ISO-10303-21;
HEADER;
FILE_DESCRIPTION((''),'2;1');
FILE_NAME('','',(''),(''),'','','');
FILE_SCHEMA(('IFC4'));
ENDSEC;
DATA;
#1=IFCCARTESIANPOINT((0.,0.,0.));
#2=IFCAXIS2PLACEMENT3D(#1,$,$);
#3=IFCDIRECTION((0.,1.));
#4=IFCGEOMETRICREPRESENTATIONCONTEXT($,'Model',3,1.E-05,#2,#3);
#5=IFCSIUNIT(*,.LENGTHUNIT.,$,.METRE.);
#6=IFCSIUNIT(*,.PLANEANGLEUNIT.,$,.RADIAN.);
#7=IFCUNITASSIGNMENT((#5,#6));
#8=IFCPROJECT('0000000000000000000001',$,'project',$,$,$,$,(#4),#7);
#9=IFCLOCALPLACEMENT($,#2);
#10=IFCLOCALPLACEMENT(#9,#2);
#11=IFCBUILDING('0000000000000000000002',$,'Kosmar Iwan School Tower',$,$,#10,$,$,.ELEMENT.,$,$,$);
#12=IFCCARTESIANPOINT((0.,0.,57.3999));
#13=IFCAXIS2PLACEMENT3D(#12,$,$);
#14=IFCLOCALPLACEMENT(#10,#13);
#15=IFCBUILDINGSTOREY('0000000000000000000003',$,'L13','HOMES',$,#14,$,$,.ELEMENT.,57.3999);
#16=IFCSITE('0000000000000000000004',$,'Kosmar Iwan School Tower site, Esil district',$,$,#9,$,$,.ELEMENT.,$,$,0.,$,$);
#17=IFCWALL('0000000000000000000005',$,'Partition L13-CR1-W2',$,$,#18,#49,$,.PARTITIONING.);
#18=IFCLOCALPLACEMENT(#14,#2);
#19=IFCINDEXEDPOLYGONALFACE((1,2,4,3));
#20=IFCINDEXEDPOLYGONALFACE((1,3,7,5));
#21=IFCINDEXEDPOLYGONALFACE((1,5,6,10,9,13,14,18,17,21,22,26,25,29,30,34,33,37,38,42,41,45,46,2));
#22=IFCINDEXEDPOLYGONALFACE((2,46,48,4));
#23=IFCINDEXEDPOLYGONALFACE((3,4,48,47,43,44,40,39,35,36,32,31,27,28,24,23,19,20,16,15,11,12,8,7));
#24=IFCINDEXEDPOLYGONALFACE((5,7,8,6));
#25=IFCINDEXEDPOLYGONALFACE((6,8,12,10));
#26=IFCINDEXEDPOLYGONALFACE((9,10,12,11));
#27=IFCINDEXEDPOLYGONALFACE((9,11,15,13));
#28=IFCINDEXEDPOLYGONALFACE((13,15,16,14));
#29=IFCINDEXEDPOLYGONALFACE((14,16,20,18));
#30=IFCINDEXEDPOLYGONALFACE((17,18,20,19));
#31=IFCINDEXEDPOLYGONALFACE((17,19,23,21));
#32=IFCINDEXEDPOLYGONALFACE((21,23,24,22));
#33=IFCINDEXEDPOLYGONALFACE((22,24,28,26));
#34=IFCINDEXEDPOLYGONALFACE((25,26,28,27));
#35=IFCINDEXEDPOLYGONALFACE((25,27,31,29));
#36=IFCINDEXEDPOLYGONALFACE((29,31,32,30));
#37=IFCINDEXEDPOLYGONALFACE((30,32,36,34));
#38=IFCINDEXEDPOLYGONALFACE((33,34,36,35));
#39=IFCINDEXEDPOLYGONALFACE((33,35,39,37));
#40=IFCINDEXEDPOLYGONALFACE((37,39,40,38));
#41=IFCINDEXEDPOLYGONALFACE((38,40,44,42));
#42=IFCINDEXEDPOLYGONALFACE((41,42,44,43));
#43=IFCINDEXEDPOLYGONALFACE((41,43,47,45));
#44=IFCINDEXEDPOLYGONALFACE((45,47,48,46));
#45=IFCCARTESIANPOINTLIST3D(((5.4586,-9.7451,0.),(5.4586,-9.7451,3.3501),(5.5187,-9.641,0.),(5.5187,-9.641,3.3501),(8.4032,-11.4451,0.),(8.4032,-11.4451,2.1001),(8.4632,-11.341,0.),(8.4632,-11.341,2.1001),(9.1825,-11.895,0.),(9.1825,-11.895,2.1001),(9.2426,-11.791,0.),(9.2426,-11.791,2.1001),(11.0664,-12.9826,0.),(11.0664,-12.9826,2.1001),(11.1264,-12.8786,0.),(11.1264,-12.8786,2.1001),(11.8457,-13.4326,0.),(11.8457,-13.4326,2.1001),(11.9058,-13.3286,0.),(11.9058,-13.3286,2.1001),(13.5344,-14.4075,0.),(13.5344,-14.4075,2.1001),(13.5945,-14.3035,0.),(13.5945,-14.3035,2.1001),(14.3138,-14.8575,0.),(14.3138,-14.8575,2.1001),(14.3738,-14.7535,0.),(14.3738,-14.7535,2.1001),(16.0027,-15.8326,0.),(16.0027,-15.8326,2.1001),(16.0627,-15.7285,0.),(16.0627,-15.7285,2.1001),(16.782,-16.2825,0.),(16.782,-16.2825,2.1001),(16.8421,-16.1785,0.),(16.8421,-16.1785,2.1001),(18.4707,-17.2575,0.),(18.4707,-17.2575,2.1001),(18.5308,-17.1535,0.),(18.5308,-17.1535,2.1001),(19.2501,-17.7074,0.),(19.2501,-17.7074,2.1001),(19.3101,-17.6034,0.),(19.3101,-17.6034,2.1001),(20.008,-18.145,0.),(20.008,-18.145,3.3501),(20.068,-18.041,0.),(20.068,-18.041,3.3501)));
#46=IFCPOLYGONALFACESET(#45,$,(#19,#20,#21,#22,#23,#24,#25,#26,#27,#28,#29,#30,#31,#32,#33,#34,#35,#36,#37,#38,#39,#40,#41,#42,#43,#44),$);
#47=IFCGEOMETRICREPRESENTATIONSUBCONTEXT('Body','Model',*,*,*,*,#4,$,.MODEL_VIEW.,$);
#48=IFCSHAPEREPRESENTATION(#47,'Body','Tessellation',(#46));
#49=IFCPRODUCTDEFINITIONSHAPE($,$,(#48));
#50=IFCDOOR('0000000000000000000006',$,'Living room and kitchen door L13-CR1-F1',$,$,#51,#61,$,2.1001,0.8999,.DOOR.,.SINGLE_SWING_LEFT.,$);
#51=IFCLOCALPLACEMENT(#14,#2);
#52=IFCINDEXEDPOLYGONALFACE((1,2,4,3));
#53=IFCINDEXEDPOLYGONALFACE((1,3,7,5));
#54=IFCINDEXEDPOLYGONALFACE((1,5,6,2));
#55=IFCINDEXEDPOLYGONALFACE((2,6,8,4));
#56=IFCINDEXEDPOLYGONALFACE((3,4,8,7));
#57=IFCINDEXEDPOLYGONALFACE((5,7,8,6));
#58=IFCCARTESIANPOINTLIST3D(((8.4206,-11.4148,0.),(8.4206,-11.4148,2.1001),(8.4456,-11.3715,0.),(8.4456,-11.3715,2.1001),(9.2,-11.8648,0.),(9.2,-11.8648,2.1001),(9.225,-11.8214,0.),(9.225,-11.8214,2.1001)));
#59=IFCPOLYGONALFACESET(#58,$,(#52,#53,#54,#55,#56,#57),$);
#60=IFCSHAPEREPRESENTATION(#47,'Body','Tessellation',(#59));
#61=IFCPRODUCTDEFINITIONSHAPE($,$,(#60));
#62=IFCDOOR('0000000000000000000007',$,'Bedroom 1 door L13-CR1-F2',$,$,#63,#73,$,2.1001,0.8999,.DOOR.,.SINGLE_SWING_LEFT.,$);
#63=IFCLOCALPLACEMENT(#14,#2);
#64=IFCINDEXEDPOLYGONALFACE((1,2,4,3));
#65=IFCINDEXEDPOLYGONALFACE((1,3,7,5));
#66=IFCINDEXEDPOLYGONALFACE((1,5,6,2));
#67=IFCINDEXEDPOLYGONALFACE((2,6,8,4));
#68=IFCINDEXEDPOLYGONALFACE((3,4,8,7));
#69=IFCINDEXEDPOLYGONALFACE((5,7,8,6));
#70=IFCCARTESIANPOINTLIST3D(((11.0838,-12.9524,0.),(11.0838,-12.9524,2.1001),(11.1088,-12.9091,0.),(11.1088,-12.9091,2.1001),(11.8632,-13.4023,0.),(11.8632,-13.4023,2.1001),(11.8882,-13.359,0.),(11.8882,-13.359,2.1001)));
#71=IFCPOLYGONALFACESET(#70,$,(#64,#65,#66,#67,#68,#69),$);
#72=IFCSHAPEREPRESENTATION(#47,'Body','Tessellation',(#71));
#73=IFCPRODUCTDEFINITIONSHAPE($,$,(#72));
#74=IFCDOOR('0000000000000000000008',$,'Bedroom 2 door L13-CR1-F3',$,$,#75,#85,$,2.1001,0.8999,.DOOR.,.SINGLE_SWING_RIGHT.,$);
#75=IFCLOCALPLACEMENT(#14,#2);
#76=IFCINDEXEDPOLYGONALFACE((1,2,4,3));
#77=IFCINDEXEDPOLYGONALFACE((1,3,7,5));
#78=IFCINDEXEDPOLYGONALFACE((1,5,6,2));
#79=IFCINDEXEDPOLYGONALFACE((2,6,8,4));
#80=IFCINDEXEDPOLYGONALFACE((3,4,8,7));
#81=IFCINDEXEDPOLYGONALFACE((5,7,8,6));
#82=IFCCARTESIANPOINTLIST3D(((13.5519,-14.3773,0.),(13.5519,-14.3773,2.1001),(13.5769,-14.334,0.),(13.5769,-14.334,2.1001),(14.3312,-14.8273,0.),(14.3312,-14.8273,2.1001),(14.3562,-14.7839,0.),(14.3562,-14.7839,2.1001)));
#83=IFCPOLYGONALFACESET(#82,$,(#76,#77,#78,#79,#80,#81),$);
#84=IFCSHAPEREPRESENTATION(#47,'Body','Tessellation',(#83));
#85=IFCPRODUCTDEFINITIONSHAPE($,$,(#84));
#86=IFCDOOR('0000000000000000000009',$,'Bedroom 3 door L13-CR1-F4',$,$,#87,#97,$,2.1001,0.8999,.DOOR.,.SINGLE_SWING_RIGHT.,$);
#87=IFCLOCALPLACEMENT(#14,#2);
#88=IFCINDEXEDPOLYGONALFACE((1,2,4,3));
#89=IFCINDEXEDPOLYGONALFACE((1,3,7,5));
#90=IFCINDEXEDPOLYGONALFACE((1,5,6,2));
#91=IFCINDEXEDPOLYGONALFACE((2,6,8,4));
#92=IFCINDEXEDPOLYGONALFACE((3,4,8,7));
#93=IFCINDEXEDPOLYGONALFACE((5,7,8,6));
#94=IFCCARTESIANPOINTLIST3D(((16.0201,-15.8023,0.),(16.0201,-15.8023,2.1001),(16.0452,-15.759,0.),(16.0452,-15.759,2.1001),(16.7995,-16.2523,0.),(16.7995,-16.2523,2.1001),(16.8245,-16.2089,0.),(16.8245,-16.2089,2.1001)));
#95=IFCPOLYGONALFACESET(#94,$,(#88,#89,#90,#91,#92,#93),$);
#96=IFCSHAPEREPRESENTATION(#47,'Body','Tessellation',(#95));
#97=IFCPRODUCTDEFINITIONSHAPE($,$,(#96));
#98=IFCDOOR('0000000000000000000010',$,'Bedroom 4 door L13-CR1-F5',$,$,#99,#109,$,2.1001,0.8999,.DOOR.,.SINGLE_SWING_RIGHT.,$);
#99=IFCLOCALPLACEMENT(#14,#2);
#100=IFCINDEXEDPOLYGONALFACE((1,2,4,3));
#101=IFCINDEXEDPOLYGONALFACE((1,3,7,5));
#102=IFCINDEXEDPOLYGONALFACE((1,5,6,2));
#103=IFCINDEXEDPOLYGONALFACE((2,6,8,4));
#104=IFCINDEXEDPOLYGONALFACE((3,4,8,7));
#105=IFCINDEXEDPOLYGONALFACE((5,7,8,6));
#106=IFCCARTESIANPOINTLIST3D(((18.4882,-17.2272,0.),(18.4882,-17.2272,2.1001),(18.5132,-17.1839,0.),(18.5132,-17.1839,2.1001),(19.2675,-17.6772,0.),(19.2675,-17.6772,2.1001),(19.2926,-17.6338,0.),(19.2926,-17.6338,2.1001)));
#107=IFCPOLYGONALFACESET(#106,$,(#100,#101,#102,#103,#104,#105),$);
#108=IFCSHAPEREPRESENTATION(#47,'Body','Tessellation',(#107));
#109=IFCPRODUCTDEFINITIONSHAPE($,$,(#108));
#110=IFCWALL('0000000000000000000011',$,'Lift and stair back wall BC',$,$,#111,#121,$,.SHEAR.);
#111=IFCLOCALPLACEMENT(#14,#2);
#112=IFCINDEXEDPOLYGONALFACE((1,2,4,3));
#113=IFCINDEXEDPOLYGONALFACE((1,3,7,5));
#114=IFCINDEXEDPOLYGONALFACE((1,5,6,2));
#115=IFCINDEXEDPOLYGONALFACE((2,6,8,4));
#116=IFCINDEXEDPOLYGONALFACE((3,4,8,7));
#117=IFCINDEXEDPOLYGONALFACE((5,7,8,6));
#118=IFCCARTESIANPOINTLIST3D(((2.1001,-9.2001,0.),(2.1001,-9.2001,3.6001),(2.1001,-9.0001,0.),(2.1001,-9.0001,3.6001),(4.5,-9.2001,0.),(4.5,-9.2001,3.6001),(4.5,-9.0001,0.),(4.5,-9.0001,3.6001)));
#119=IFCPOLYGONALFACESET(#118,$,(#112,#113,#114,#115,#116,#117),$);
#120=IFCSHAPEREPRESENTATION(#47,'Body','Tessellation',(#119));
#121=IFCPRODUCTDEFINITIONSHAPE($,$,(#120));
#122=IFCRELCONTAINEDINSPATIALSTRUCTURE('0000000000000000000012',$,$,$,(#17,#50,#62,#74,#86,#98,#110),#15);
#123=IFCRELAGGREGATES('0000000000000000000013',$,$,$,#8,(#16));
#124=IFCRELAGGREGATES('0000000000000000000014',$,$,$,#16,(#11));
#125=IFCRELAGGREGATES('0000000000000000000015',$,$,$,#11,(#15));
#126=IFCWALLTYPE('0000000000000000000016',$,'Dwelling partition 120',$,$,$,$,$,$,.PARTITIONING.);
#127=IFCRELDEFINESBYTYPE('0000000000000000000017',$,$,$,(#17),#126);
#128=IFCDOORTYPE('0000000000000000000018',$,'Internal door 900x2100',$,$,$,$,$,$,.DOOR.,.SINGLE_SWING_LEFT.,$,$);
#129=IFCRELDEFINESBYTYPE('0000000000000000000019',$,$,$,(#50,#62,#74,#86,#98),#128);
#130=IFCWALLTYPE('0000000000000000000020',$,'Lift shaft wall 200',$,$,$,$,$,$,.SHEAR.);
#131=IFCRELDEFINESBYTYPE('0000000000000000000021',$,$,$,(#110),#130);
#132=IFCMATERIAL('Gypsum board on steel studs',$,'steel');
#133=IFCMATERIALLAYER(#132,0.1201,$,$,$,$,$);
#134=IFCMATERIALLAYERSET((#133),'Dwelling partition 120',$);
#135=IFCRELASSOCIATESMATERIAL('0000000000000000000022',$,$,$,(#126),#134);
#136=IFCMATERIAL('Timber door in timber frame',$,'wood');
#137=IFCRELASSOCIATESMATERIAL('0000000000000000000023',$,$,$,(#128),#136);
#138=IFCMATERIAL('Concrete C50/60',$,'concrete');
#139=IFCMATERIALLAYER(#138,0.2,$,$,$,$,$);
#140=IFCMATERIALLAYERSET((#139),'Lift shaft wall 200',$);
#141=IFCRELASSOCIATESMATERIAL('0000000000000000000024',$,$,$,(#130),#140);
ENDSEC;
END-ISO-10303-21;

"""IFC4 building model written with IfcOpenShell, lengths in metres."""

from ifc_helpers import new_model, si_unit, direction, frame, frame_2d, origin, place, context, subcontext, project, spatial, rectangle, extrude, material, layer, layer_set, type_object, element, fill, save


model = new_model("IFC4")

# Units and contexts
model_context = context("Model", 3, precision=1e-05, world=origin(), true_north=direction((0.0, 1.0)))
body_context = subcontext(model_context, "Body", "Model", "MODEL_VIEW")
ifc_project = project(units=[si_unit("LENGTHUNIT", "METRE"), si_unit("PLANEANGLEUNIT", "RADIAN")], contexts=[model_context])

# Site, building, storey
site_placement = place(None, origin())
site = spatial("IfcSite", under=ifc_project, at=site_placement, Name="Kosmar Iwan School Tower site, Esil district", CompositionType="ELEMENT", RefElevation=0.0)
building_placement = place(site_placement, origin())
building = spatial("IfcBuilding", under=site, at=building_placement, Name="Kosmar Iwan School Tower", CompositionType="ELEMENT")
storey_placement = place(building_placement, frame((0.0, 0.0, 57.3999)))
storey = spatial("IfcBuildingStorey", under=building, at=storey_placement, Name="L13", Description="HOMES", CompositionType="ELEMENT", Elevation=57.3999)

# Wall, openings, doors
ifc_material_1 = material(Name="Gypsum board on steel studs", Category="steel")
ifc_layer_1 = layer(ifc_material_1, 0.1201)
ifc_layer_set_1 = layer_set([ifc_layer_1], Name="Dwelling partition 120")
wall_type_1 = type_object("IfcWallType", Name="Dwelling partition 120", PredefinedType="PARTITIONING", material=ifc_layer_set_1)
wall_1_placement = place(storey_placement, frame((5.4888, -9.6931, 0.0), z_axis=(0.0, 0.0, 1.0), x_axis=(0.866029, -0.499993, 0.0)))
wall_1 = element("IfcWall", 1, at=wall_1_placement, inside=storey, type_object=wall_type_1, Name="Partition L13-CR1-W2", PredefinedType="PARTITIONING", context=body_context, shape_type="SweptSolid", body=[
    extrude(rectangle(XDim=16.8, YDim=0.1201, at=frame_2d((8.3999, 0.0))), origin(), (0.0, 0.0, 1.0), 3.3501),
])
opening_1_placement = place(wall_1_placement, frame((3.3999, 0.0, 0.0)))
opening_1 = element("IfcOpeningElement", 2, at=opening_1_placement, cuts=wall_1, PredefinedType="OPENING", context=body_context, shape_type="SweptSolid", body=[
    extrude(rectangle(XDim=0.8999, YDim=2.1001, at=frame_2d((0.45, 1.05))), frame((0.0, 0.072, 0.0), z_axis=(0.0, -1.0, 0.0), x_axis=(1.0, 0.0, 0.0)), (0.0, 0.0, 1.0), 0.144),
])
opening_2_placement = place(wall_1_placement, frame((6.4751, 0.0, 0.0)))
opening_2 = element("IfcOpeningElement", 3, at=opening_2_placement, cuts=wall_1, PredefinedType="OPENING", context=body_context, shape_type="SweptSolid", body=[
    extrude(rectangle(XDim=0.8999, YDim=2.1001, at=frame_2d((0.45, 1.05))), frame((0.0, 0.072, 0.0), z_axis=(0.0, -1.0, 0.0), x_axis=(1.0, 0.0, 0.0)), (0.0, 0.0, 1.0), 0.144),
])
opening_3_placement = place(wall_1_placement, frame((9.325, 0.0, 0.0)))
opening_3 = element("IfcOpeningElement", 4, at=opening_3_placement, cuts=wall_1, PredefinedType="OPENING", context=body_context, shape_type="SweptSolid", body=[
    extrude(rectangle(XDim=0.8999, YDim=2.1001, at=frame_2d((0.45, 1.05))), frame((0.0, 0.072, 0.0), z_axis=(0.0, -1.0, 0.0), x_axis=(1.0, 0.0, 0.0)), (0.0, 0.0, 1.0), 0.144),
])
opening_4_placement = place(wall_1_placement, frame((12.175, 0.0, 0.0)))
opening_4 = element("IfcOpeningElement", 5, at=opening_4_placement, cuts=wall_1, PredefinedType="OPENING", context=body_context, shape_type="SweptSolid", body=[
    extrude(rectangle(XDim=0.8999, YDim=2.1001, at=frame_2d((0.45, 1.05))), frame((0.0, 0.072, 0.0), z_axis=(0.0, -1.0, 0.0), x_axis=(1.0, 0.0, 0.0)), (0.0, 0.0, 1.0), 0.144),
])
opening_5_placement = place(wall_1_placement, frame((15.0249, 0.0, 0.0)))
opening_5 = element("IfcOpeningElement", 6, at=opening_5_placement, cuts=wall_1, PredefinedType="OPENING", context=body_context, shape_type="SweptSolid", body=[
    extrude(rectangle(XDim=0.8999, YDim=2.1001, at=frame_2d((0.45, 1.05))), frame((0.0, 0.072, 0.0), z_axis=(0.0, -1.0, 0.0), x_axis=(1.0, 0.0, 0.0)), (0.0, 0.0, 1.0), 0.144),
])
ifc_material_2 = material(Name="Timber door in timber frame", Category="wood")
door_type = type_object("IfcDoorType", Name="Internal door 900x2100", OperationType="SINGLE_SWING_LEFT", PredefinedType="DOOR", material=ifc_material_2)
door_1_placement = place(opening_1_placement, origin())
door_1 = element("IfcDoor", 7, at=door_1_placement, inside=storey, type_object=door_type, Name="Living room and kitchen door L13-CR1-F1", OperationType="SINGLE_SWING_LEFT", OverallHeight=2.1001, OverallWidth=0.8999, PredefinedType="DOOR", context=body_context, shape_type="SweptSolid", body=[
    extrude(rectangle(XDim=0.8999, YDim=2.1001, at=frame_2d((0.45, 1.05))), frame((0.0, 0.0249, 0.0), z_axis=(0.0, -1.0, 0.0), x_axis=(1.0, 0.0, 0.0)), (0.0, 0.0, 1.0), 0.05),
])
fill(opening_1, door_1)
door_2_placement = place(opening_2_placement, origin())
door_2 = element("IfcDoor", 8, at=door_2_placement, inside=storey, type_object=door_type, Name="Bedroom 1 door L13-CR1-F2", OperationType="SINGLE_SWING_LEFT", OverallHeight=2.1001, OverallWidth=0.8999, PredefinedType="DOOR", context=body_context, shape_type="SweptSolid", body=[
    extrude(rectangle(XDim=0.8999, YDim=2.1001, at=frame_2d((0.45, 1.05))), frame((0.0, 0.0249, 0.0), z_axis=(0.0, -1.0, 0.0), x_axis=(1.0, 0.0, 0.0)), (0.0, 0.0, 1.0), 0.05),
])
fill(opening_2, door_2)
door_3_placement = place(opening_3_placement, origin())
door_3 = element("IfcDoor", 9, at=door_3_placement, inside=storey, type_object=door_type, Name="Bedroom 2 door L13-CR1-F3", OperationType="SINGLE_SWING_RIGHT", OverallHeight=2.1001, OverallWidth=0.8999, PredefinedType="DOOR", context=body_context, shape_type="SweptSolid", body=[
    extrude(rectangle(XDim=0.8999, YDim=2.1001, at=frame_2d((0.45, 1.05))), frame((0.0, 0.0249, 0.0), z_axis=(0.0, -1.0, 0.0), x_axis=(1.0, 0.0, 0.0)), (0.0, 0.0, 1.0), 0.05),
])
fill(opening_3, door_3)
door_4_placement = place(opening_4_placement, origin())
door_4 = element("IfcDoor", 10, at=door_4_placement, inside=storey, type_object=door_type, Name="Bedroom 3 door L13-CR1-F4", OperationType="SINGLE_SWING_RIGHT", OverallHeight=2.1001, OverallWidth=0.8999, PredefinedType="DOOR", context=body_context, shape_type="SweptSolid", body=[
    extrude(rectangle(XDim=0.8999, YDim=2.1001, at=frame_2d((0.45, 1.05))), frame((0.0, 0.0249, 0.0), z_axis=(0.0, -1.0, 0.0), x_axis=(1.0, 0.0, 0.0)), (0.0, 0.0, 1.0), 0.05),
])
fill(opening_4, door_4)
door_5_placement = place(opening_5_placement, origin())
door_5 = element("IfcDoor", 11, at=door_5_placement, inside=storey, type_object=door_type, Name="Bedroom 4 door L13-CR1-F5", OperationType="SINGLE_SWING_RIGHT", OverallHeight=2.1001, OverallWidth=0.8999, PredefinedType="DOOR", context=body_context, shape_type="SweptSolid", body=[
    extrude(rectangle(XDim=0.8999, YDim=2.1001, at=frame_2d((0.45, 1.05))), frame((0.0, 0.0249, 0.0), z_axis=(0.0, -1.0, 0.0), x_axis=(1.0, 0.0, 0.0)), (0.0, 0.0, 1.0), 0.05),
])
fill(opening_5, door_5)

# Wall
ifc_material_3 = material(Name="Concrete C50/60", Category="concrete")
ifc_layer_2 = layer(ifc_material_3, 0.2)
ifc_layer_set_2 = layer_set([ifc_layer_2], Name="Lift shaft wall 200")
wall_type_2 = type_object("IfcWallType", Name="Lift shaft wall 200", PredefinedType="SHEAR", material=ifc_layer_set_2)
wall_2_placement = place(storey_placement, frame((2.1001, -9.1001, 0.0), z_axis=(0.0, 0.0, 1.0), x_axis=(1.0, 0.0, 0.0)))
element("IfcWall", 12, at=wall_2_placement, inside=storey, type_object=wall_type_2, Name="Lift and stair back wall BC", PredefinedType="SHEAR", context=body_context, shape_type="SweptSolid", body=[
    extrude(rectangle(XDim=2.3999, YDim=0.2, at=frame_2d((1.2, 0.0))), origin(), (0.0, 0.0, 1.0), 3.6001),
])

save(model, "model.ifc")
